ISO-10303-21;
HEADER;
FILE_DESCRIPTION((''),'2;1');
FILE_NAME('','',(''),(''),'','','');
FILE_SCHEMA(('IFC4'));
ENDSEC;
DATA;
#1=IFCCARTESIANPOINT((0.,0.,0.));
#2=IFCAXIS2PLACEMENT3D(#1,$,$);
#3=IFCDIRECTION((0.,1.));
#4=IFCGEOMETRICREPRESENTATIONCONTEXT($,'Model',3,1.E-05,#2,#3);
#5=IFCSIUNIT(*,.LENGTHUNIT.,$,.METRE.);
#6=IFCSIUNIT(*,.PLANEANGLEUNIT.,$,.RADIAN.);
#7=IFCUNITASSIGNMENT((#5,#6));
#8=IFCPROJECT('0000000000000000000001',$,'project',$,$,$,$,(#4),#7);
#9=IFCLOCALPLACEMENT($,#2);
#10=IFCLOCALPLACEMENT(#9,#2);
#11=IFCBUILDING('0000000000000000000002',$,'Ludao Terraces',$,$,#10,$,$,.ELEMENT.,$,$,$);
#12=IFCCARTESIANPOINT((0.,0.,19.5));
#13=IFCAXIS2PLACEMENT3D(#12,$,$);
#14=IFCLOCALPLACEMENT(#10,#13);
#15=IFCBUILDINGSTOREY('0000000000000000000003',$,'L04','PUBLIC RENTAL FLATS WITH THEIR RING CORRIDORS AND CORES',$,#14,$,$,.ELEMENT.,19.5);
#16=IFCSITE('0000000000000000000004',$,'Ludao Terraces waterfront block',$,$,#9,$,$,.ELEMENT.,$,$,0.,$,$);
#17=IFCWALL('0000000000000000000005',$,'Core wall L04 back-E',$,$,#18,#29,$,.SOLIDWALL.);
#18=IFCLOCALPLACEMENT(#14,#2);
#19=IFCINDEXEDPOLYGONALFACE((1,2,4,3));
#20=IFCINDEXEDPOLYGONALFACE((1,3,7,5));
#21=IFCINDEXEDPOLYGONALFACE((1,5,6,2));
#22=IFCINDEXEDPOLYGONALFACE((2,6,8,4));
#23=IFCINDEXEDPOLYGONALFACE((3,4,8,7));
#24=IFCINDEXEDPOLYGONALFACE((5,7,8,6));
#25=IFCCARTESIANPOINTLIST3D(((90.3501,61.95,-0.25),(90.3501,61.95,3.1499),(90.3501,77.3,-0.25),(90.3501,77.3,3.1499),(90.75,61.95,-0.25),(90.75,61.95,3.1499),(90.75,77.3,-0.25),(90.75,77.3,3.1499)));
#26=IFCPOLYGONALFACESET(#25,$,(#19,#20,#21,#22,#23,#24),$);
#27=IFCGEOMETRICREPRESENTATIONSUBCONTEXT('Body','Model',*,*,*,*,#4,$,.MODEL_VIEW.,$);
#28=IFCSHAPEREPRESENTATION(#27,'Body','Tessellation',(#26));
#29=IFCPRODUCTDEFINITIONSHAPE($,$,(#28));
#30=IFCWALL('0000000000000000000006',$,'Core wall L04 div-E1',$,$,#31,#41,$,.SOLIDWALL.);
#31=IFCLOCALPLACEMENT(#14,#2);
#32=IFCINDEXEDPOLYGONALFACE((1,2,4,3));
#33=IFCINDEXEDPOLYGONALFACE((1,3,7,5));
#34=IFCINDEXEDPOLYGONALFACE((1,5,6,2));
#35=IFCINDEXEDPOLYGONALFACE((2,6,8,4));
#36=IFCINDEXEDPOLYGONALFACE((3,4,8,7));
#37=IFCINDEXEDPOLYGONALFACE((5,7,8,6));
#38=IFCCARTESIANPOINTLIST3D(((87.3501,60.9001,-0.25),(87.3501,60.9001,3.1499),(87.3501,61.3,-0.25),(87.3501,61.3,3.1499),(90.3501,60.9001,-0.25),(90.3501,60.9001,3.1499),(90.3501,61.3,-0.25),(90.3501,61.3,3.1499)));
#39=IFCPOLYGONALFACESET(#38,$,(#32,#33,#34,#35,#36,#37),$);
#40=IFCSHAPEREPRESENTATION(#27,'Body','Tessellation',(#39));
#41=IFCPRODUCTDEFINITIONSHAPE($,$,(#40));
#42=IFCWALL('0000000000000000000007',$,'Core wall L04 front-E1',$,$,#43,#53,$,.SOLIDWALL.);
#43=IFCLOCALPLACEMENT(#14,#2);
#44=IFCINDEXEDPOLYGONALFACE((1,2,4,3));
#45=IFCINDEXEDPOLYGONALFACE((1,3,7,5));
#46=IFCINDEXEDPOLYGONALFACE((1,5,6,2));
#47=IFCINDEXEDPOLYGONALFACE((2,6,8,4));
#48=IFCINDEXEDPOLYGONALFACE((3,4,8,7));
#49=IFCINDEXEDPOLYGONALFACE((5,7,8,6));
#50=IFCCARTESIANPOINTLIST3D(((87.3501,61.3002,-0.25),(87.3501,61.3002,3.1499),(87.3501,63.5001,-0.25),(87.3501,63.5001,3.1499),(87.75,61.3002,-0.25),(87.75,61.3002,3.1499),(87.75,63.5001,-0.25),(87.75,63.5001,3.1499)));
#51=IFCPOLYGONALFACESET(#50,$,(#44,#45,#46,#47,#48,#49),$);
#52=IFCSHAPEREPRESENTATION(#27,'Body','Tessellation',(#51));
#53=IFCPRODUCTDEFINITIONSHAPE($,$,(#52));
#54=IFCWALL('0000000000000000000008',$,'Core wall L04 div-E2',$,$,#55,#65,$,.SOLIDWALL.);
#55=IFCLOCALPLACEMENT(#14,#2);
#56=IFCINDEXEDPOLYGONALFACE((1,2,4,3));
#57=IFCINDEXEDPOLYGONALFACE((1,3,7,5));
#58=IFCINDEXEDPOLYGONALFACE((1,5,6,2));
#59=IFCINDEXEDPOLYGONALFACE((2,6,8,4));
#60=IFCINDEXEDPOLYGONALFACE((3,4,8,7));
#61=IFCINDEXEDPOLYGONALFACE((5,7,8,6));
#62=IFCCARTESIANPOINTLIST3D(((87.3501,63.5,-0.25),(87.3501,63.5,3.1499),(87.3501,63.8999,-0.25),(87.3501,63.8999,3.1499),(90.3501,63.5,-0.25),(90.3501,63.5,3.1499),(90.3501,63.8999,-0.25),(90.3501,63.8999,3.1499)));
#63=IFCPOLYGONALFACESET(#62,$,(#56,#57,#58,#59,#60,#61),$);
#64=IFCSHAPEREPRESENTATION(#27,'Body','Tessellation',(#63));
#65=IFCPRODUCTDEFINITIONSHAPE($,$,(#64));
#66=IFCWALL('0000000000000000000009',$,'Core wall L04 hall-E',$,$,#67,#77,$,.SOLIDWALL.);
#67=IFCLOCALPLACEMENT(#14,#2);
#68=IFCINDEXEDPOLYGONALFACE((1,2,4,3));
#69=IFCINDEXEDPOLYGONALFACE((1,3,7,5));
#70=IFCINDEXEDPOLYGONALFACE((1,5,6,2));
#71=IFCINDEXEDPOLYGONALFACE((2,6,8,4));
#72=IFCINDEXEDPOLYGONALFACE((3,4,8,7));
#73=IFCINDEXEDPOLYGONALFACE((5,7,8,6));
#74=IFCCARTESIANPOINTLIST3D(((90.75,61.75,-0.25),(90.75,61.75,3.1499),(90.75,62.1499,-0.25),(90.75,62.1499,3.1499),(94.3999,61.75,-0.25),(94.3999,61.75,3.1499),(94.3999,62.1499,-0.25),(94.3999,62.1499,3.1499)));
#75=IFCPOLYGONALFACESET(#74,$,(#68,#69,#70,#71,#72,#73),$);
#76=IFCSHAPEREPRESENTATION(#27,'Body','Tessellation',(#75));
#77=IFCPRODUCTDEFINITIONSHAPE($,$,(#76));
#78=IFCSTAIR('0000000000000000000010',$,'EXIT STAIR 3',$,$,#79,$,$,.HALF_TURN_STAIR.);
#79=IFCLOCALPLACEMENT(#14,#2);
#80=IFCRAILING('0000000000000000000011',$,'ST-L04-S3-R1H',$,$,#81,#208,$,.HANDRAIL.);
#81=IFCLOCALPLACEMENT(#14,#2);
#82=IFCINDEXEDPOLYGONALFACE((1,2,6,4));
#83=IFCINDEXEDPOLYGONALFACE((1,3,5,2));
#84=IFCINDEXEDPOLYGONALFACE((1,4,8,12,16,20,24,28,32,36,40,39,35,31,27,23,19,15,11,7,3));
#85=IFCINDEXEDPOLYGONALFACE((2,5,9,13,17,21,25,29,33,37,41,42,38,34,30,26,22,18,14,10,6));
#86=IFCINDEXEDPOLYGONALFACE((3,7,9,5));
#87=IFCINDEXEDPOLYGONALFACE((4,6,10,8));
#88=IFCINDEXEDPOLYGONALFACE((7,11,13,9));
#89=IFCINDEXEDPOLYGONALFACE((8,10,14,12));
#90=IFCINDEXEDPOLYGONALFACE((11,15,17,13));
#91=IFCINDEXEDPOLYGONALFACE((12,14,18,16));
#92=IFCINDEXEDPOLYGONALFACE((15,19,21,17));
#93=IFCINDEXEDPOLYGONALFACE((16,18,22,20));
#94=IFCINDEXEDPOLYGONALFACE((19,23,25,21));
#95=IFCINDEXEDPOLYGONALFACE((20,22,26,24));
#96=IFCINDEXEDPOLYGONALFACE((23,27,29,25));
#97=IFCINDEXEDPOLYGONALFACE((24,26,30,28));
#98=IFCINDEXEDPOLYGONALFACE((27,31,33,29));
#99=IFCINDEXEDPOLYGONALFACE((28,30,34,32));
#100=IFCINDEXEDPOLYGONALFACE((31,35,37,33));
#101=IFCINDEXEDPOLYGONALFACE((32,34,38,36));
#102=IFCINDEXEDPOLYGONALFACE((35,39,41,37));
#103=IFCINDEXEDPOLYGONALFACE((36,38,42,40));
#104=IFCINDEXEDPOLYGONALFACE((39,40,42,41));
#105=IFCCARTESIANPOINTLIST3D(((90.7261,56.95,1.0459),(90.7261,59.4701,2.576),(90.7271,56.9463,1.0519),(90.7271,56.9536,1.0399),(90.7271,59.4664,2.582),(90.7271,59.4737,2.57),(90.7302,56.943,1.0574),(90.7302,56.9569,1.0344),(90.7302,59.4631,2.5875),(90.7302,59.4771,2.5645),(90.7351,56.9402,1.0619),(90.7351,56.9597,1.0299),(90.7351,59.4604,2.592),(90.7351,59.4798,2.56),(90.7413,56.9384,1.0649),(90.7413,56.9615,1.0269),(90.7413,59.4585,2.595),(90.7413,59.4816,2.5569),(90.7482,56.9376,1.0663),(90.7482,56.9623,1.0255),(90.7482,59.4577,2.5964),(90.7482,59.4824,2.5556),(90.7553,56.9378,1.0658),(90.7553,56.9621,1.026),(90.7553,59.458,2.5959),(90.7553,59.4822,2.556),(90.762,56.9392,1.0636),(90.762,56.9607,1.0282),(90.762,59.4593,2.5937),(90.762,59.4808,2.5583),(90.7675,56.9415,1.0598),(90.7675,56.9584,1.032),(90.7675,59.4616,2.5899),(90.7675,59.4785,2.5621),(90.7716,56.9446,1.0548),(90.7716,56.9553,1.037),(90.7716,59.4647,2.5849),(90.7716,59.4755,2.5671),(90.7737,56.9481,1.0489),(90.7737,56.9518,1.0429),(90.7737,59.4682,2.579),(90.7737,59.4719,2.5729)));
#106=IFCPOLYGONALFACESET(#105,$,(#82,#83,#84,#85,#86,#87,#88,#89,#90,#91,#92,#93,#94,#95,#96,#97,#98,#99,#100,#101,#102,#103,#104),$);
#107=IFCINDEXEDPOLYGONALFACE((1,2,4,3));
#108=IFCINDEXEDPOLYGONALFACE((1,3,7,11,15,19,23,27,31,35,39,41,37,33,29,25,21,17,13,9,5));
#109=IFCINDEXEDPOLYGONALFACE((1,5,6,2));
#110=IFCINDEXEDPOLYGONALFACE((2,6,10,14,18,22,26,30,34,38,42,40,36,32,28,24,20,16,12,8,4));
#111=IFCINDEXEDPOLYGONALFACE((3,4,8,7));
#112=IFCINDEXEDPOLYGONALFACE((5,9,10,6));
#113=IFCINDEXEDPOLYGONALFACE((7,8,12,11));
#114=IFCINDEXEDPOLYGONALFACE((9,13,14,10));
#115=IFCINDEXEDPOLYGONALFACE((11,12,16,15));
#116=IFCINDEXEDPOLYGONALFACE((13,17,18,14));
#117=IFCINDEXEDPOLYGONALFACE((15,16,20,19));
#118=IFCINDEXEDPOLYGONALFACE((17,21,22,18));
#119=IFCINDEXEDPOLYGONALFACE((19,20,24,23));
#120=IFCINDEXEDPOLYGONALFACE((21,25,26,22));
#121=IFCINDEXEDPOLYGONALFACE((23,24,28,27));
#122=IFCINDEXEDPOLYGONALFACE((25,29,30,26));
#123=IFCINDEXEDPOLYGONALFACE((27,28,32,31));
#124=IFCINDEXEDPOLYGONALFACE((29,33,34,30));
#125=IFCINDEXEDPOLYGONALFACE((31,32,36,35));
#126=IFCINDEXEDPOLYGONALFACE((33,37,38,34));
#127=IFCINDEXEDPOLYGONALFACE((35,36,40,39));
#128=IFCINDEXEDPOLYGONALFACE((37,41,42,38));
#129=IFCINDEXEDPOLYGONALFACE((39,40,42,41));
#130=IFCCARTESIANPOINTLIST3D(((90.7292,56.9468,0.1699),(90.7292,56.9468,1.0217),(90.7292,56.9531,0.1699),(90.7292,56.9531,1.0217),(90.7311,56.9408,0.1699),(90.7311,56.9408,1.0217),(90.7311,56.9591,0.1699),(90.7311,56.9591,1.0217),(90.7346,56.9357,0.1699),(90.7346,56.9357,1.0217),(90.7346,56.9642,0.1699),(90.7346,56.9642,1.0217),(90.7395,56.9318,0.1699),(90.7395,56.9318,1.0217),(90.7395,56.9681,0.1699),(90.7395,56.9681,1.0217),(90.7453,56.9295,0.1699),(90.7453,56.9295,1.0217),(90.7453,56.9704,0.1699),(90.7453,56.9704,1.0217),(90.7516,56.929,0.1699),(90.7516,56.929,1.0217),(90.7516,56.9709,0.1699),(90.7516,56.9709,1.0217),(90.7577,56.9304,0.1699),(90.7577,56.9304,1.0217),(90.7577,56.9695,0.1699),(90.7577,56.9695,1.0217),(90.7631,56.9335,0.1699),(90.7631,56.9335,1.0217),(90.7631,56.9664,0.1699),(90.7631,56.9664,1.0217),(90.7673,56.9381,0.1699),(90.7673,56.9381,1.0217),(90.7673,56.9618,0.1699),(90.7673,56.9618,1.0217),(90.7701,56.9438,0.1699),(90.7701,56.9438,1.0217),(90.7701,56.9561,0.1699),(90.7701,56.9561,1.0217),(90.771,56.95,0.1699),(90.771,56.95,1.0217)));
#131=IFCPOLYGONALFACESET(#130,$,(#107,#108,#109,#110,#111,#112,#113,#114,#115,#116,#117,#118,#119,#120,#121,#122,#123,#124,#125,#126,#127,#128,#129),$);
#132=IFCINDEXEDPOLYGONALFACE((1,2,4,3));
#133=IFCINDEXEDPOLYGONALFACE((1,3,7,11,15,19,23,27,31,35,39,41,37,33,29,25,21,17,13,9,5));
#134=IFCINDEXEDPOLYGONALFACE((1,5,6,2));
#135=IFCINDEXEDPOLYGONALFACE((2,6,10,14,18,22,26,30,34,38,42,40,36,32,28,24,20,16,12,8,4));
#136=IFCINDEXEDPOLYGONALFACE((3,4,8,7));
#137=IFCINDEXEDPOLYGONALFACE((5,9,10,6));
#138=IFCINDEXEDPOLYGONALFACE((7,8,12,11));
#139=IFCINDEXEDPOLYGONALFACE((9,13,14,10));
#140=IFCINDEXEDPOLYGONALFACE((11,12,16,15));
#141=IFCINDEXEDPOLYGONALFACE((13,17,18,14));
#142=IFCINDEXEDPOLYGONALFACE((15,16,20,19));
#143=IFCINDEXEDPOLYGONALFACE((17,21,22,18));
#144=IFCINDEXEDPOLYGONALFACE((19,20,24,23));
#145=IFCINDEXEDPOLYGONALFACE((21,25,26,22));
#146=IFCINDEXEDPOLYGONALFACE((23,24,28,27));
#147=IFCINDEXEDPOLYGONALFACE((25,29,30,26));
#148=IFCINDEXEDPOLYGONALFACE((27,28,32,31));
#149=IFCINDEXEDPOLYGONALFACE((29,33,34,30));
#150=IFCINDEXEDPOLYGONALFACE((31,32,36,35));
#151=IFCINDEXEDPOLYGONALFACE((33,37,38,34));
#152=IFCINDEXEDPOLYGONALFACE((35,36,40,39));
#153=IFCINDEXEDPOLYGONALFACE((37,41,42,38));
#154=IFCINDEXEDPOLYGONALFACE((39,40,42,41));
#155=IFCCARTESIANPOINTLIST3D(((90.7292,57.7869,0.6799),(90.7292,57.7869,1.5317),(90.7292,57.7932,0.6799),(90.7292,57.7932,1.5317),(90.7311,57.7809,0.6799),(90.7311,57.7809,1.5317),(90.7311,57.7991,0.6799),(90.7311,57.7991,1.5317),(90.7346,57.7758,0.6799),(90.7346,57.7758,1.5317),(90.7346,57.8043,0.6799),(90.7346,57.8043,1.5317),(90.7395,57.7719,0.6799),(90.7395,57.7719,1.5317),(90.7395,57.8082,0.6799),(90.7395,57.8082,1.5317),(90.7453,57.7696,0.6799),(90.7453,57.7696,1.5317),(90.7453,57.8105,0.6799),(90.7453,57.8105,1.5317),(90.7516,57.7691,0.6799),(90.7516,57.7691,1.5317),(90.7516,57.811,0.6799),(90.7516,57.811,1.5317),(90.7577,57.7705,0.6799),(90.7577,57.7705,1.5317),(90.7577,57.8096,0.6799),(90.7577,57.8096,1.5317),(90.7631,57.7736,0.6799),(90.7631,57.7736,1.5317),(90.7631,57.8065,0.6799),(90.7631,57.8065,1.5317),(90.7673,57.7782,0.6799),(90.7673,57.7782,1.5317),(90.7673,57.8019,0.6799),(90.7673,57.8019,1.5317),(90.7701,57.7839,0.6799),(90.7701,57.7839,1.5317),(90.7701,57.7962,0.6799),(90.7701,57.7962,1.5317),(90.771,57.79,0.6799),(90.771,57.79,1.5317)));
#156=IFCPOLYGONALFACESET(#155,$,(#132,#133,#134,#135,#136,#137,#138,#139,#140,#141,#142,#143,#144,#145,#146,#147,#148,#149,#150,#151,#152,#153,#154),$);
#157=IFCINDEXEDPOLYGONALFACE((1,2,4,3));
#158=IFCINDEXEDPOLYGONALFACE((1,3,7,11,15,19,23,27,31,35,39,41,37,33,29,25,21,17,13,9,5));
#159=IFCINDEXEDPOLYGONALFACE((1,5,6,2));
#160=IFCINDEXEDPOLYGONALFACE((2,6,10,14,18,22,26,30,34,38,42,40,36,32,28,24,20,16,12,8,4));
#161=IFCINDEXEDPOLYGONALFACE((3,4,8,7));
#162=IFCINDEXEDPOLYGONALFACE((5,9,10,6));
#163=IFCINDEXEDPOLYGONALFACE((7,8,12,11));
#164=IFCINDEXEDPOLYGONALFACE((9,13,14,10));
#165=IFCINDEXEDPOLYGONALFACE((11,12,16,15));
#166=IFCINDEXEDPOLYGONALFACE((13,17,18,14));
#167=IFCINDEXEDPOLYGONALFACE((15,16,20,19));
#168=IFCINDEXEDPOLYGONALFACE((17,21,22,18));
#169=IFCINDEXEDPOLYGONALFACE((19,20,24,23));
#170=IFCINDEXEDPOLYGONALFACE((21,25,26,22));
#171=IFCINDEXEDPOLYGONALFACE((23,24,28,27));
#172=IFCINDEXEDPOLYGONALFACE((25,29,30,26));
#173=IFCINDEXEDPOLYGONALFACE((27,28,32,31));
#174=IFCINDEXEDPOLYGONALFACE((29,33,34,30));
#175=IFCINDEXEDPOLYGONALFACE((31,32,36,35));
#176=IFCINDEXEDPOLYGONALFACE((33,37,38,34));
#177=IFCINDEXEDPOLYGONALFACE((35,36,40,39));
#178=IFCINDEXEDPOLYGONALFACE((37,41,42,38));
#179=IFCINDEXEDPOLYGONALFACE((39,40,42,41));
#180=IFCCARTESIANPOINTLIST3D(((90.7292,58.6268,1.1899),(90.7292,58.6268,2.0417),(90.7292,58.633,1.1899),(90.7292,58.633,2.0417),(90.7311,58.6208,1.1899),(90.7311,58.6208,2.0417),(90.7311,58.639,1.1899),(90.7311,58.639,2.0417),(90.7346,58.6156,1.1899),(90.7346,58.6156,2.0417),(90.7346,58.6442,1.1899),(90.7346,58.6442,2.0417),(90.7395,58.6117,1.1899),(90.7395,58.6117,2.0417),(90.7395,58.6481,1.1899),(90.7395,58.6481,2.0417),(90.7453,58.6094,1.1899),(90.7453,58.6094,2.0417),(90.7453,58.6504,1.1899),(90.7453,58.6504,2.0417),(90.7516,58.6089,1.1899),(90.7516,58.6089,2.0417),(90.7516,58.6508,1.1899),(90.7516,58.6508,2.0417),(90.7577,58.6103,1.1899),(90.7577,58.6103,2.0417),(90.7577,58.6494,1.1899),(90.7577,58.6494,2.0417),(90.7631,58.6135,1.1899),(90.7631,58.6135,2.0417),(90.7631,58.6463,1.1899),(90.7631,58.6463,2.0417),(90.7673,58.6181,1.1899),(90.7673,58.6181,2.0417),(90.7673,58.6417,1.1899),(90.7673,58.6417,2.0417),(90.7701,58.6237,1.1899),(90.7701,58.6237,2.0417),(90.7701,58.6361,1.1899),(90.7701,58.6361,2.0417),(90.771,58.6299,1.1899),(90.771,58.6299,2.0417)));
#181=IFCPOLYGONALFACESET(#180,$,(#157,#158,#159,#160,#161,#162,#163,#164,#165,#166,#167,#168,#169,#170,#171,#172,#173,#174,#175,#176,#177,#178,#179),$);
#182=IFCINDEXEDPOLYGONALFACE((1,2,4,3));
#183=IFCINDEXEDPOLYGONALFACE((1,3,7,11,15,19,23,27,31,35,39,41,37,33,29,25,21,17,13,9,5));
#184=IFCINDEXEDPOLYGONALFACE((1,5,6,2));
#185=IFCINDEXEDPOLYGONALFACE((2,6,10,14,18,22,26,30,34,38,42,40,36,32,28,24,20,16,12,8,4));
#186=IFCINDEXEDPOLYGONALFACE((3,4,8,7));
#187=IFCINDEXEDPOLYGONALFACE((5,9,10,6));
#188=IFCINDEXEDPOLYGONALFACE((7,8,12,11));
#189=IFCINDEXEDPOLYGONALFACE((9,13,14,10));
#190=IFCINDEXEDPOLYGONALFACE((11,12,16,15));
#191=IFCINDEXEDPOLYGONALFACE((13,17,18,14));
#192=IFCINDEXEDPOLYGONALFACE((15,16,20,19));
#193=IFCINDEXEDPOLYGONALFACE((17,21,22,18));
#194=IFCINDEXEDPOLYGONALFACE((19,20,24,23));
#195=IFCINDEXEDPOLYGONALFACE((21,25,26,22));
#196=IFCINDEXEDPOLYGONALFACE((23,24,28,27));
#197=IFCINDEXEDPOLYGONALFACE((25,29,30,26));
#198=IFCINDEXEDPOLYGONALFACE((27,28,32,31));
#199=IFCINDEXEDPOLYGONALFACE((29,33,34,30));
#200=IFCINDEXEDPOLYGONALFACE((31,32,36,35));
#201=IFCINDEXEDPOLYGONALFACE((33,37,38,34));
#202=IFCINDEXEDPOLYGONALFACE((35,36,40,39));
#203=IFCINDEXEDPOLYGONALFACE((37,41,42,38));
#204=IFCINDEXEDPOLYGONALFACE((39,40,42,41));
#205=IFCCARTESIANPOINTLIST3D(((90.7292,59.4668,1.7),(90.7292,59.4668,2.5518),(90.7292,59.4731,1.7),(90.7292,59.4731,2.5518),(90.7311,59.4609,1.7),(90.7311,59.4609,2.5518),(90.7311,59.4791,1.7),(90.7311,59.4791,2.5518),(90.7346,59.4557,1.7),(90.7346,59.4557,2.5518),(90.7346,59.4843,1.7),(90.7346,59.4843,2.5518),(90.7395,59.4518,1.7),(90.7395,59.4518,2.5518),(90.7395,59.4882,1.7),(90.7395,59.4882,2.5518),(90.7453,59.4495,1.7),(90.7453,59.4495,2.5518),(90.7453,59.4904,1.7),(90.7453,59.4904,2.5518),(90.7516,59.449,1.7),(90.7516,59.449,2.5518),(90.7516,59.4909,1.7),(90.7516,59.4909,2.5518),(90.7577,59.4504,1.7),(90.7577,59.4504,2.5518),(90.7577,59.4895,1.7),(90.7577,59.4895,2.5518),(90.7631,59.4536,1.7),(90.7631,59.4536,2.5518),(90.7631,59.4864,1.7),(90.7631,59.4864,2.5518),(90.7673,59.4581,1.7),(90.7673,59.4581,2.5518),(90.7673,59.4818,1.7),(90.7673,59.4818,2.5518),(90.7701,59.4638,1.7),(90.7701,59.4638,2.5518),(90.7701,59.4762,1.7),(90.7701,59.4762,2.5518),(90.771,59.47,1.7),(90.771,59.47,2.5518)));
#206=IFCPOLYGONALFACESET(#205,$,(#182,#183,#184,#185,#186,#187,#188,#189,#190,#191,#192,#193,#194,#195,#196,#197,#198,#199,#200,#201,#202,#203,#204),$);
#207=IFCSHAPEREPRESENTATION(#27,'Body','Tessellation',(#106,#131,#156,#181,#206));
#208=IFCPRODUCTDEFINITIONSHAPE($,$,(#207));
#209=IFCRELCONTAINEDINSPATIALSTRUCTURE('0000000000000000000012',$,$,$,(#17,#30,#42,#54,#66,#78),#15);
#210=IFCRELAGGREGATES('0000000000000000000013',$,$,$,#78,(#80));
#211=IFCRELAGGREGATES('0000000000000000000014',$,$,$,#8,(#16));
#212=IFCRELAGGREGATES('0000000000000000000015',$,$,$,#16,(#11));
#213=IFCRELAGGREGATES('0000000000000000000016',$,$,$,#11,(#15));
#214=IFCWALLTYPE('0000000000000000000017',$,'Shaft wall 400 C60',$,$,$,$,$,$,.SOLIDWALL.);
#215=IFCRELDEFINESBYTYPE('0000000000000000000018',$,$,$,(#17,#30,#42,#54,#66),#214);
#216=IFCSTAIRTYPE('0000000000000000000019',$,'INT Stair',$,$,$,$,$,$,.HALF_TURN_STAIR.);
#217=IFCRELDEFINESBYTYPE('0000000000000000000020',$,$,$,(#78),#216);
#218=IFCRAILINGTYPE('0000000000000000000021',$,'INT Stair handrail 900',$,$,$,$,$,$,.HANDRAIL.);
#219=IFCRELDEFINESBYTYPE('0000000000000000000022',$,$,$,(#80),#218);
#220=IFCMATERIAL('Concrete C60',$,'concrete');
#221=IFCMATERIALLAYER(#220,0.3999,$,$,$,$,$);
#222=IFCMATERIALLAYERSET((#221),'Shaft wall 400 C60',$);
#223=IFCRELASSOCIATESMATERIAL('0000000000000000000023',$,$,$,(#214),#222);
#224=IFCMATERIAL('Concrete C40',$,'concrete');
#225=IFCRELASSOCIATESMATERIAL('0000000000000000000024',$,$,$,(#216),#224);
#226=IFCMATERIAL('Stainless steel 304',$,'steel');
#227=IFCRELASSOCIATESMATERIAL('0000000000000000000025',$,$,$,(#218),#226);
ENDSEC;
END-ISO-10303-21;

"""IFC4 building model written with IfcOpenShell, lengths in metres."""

from ifc_helpers import new_model, si_unit, direction, frame, frame_2d, origin, origin_2d, place, context, subcontext, project, spatial, rectangle, circle, extrude, material, layer, layer_set, type_object, element, aggregate, save


model = new_model("IFC4")

# Units and contexts
model_context = context("Model", 3, precision=1e-05, world=origin(), true_north=direction((0.0, 1.0)))
body_context = subcontext(model_context, "Body", "Model", "MODEL_VIEW")
ifc_project = project(units=[si_unit("LENGTHUNIT", "METRE"), si_unit("PLANEANGLEUNIT", "RADIAN")], contexts=[model_context])

# Site, building, storey
site_placement = place(None, origin())
site = spatial("IfcSite", under=ifc_project, at=site_placement, Name="Ludao Terraces waterfront block", CompositionType="ELEMENT", RefElevation=0.0)
building_placement = place(site_placement, origin())
building = spatial("IfcBuilding", under=site, at=building_placement, Name="Ludao Terraces", CompositionType="ELEMENT")
storey_placement = place(building_placement, frame((0.0, 0.0, 19.5)))
storey = spatial("IfcBuildingStorey", under=building, at=storey_placement, Name="L04", Description="PUBLIC RENTAL FLATS WITH THEIR RING CORRIDORS AND CORES", CompositionType="ELEMENT", Elevation=19.5)

# Walls
ifc_material_1 = material(Name="Concrete C60", Category="concrete")
ifc_layer_1 = layer(ifc_material_1, 0.3999)
ifc_layer_set_1 = layer_set([ifc_layer_1], Name="Shaft wall 400 C60")
wall_type_1 = type_object("IfcWallType", Name="Shaft wall 400 C60", PredefinedType="SOLIDWALL", material=ifc_layer_set_1)
wall_1_placement = place(storey_placement, frame((90.55, 61.95, -0.25), z_axis=(0.0, 0.0, 1.0), x_axis=(0.0, 1.0, 0.0)))
element("IfcWall", 1, at=wall_1_placement, inside=storey, type_object=wall_type_1, Name="Core wall L04 back-E", PredefinedType="SOLIDWALL", context=body_context, shape_type="SweptSolid", body=[
    extrude(rectangle(XDim=15.3501, YDim=0.3999, at=frame_2d((7.675, 0.0))), origin(), (0.0, 0.0, 1.0), 3.3999),
])
wall_2_placement = place(storey_placement, frame((87.3501, 61.1001, -0.25), z_axis=(0.0, 0.0, 1.0), x_axis=(1.0, 0.0, 0.0)))
element("IfcWall", 2, at=wall_2_placement, inside=storey, type_object=wall_type_1, Name="Core wall L04 div-E1", PredefinedType="SOLIDWALL", context=body_context, shape_type="SweptSolid", body=[
    extrude(rectangle(XDim=3.0, YDim=0.3999, at=frame_2d((1.5, 0.0))), origin(), (0.0, 0.0, 1.0), 3.3999),
])
wall_3_placement = place(storey_placement, frame((87.55, 61.3, -0.25), z_axis=(0.0, 0.0, 1.0), x_axis=(0.0, 1.0, 0.0)))
element("IfcWall", 3, at=wall_3_placement, inside=storey, type_object=wall_type_1, Name="Core wall L04 front-E1", PredefinedType="SOLIDWALL", context=body_context, shape_type="SweptSolid", body=[
    extrude(rectangle(XDim=2.2, YDim=0.3999, at=frame_2d((1.1001, 0.0))), origin(), (0.0, 0.0, 1.0), 3.3999),
])
wall_4_placement = place(storey_placement, frame((87.3501, 63.7, -0.25), z_axis=(0.0, 0.0, 1.0), x_axis=(1.0, 0.0, 0.0)))
element("IfcWall", 4, at=wall_4_placement, inside=storey, type_object=wall_type_1, Name="Core wall L04 div-E2", PredefinedType="SOLIDWALL", context=body_context, shape_type="SweptSolid", body=[
    extrude(rectangle(XDim=3.0, YDim=0.3999, at=frame_2d((1.5, 0.0))), origin(), (0.0, 0.0, 1.0), 3.3999),
])
wall_5_placement = place(storey_placement, frame((90.75, 61.95, -0.25), z_axis=(0.0, 0.0, 1.0), x_axis=(1.0, 0.0, 0.0)))
element("IfcWall", 5, at=wall_5_placement, inside=storey, type_object=wall_type_1, Name="Core wall L04 hall-E", PredefinedType="SOLIDWALL", context=body_context, shape_type="SweptSolid", body=[
    extrude(rectangle(XDim=3.6499, YDim=0.3999, at=frame_2d((1.825, 0.0))), origin(), (0.0, 0.0, 1.0), 3.3999),
])

# Stair, railing
ifc_material_2 = material(Name="Concrete C40", Category="concrete")
stair_type = type_object("IfcStairType", Name="INT Stair", PredefinedType="HALF_TURN_STAIR", material=ifc_material_2)
stair_placement = place(storey_placement, origin())
stair = element("IfcStair", 6, at=stair_placement, inside=storey, type_object=stair_type, Name="EXIT STAIR 3", PredefinedType="HALF_TURN_STAIR")
ifc_material_3 = material(Name="Stainless steel 304", Category="steel")
railing_type = type_object("IfcRailingType", Name="INT Stair handrail 900", PredefinedType="HANDRAIL", material=ifc_material_3)
railing_placement = place(storey_placement, frame((90.75, 56.95, 0.1699)))
railing = element("IfcRailing", 7, at=railing_placement, type_object=railing_type, Name="ST-L04-S3-R1H", PredefinedType="HANDRAIL", context=body_context, shape_type="SweptSolid", body=[
    extrude(circle(Radius=0.0239, at=origin_2d()), frame((0.0, 0.0, 0.876), z_axis=(0.0, 0.854785, 0.518982), x_axis=(-1.0, 0.0, 0.0)), (0.0, 0.0, 1.0), 2.9482),
    extrude(circle(Radius=0.021, at=origin_2d()), origin(), (0.0, 0.0, 1.0), 0.8518),
    extrude(circle(Radius=0.021, at=origin_2d()), frame((0.0, 0.8401, 0.51)), (0.0, 0.0, 1.0), 0.8518),
    extrude(circle(Radius=0.021, at=origin_2d()), frame((0.0, 1.6799, 1.02)), (0.0, 0.0, 1.0), 0.8518),
    extrude(circle(Radius=0.021, at=origin_2d()), frame((0.0, 2.52, 1.53)), (0.0, 0.0, 1.0), 0.8518),
])
aggregate(stair, [railing])

save(model, "model.ifc")
